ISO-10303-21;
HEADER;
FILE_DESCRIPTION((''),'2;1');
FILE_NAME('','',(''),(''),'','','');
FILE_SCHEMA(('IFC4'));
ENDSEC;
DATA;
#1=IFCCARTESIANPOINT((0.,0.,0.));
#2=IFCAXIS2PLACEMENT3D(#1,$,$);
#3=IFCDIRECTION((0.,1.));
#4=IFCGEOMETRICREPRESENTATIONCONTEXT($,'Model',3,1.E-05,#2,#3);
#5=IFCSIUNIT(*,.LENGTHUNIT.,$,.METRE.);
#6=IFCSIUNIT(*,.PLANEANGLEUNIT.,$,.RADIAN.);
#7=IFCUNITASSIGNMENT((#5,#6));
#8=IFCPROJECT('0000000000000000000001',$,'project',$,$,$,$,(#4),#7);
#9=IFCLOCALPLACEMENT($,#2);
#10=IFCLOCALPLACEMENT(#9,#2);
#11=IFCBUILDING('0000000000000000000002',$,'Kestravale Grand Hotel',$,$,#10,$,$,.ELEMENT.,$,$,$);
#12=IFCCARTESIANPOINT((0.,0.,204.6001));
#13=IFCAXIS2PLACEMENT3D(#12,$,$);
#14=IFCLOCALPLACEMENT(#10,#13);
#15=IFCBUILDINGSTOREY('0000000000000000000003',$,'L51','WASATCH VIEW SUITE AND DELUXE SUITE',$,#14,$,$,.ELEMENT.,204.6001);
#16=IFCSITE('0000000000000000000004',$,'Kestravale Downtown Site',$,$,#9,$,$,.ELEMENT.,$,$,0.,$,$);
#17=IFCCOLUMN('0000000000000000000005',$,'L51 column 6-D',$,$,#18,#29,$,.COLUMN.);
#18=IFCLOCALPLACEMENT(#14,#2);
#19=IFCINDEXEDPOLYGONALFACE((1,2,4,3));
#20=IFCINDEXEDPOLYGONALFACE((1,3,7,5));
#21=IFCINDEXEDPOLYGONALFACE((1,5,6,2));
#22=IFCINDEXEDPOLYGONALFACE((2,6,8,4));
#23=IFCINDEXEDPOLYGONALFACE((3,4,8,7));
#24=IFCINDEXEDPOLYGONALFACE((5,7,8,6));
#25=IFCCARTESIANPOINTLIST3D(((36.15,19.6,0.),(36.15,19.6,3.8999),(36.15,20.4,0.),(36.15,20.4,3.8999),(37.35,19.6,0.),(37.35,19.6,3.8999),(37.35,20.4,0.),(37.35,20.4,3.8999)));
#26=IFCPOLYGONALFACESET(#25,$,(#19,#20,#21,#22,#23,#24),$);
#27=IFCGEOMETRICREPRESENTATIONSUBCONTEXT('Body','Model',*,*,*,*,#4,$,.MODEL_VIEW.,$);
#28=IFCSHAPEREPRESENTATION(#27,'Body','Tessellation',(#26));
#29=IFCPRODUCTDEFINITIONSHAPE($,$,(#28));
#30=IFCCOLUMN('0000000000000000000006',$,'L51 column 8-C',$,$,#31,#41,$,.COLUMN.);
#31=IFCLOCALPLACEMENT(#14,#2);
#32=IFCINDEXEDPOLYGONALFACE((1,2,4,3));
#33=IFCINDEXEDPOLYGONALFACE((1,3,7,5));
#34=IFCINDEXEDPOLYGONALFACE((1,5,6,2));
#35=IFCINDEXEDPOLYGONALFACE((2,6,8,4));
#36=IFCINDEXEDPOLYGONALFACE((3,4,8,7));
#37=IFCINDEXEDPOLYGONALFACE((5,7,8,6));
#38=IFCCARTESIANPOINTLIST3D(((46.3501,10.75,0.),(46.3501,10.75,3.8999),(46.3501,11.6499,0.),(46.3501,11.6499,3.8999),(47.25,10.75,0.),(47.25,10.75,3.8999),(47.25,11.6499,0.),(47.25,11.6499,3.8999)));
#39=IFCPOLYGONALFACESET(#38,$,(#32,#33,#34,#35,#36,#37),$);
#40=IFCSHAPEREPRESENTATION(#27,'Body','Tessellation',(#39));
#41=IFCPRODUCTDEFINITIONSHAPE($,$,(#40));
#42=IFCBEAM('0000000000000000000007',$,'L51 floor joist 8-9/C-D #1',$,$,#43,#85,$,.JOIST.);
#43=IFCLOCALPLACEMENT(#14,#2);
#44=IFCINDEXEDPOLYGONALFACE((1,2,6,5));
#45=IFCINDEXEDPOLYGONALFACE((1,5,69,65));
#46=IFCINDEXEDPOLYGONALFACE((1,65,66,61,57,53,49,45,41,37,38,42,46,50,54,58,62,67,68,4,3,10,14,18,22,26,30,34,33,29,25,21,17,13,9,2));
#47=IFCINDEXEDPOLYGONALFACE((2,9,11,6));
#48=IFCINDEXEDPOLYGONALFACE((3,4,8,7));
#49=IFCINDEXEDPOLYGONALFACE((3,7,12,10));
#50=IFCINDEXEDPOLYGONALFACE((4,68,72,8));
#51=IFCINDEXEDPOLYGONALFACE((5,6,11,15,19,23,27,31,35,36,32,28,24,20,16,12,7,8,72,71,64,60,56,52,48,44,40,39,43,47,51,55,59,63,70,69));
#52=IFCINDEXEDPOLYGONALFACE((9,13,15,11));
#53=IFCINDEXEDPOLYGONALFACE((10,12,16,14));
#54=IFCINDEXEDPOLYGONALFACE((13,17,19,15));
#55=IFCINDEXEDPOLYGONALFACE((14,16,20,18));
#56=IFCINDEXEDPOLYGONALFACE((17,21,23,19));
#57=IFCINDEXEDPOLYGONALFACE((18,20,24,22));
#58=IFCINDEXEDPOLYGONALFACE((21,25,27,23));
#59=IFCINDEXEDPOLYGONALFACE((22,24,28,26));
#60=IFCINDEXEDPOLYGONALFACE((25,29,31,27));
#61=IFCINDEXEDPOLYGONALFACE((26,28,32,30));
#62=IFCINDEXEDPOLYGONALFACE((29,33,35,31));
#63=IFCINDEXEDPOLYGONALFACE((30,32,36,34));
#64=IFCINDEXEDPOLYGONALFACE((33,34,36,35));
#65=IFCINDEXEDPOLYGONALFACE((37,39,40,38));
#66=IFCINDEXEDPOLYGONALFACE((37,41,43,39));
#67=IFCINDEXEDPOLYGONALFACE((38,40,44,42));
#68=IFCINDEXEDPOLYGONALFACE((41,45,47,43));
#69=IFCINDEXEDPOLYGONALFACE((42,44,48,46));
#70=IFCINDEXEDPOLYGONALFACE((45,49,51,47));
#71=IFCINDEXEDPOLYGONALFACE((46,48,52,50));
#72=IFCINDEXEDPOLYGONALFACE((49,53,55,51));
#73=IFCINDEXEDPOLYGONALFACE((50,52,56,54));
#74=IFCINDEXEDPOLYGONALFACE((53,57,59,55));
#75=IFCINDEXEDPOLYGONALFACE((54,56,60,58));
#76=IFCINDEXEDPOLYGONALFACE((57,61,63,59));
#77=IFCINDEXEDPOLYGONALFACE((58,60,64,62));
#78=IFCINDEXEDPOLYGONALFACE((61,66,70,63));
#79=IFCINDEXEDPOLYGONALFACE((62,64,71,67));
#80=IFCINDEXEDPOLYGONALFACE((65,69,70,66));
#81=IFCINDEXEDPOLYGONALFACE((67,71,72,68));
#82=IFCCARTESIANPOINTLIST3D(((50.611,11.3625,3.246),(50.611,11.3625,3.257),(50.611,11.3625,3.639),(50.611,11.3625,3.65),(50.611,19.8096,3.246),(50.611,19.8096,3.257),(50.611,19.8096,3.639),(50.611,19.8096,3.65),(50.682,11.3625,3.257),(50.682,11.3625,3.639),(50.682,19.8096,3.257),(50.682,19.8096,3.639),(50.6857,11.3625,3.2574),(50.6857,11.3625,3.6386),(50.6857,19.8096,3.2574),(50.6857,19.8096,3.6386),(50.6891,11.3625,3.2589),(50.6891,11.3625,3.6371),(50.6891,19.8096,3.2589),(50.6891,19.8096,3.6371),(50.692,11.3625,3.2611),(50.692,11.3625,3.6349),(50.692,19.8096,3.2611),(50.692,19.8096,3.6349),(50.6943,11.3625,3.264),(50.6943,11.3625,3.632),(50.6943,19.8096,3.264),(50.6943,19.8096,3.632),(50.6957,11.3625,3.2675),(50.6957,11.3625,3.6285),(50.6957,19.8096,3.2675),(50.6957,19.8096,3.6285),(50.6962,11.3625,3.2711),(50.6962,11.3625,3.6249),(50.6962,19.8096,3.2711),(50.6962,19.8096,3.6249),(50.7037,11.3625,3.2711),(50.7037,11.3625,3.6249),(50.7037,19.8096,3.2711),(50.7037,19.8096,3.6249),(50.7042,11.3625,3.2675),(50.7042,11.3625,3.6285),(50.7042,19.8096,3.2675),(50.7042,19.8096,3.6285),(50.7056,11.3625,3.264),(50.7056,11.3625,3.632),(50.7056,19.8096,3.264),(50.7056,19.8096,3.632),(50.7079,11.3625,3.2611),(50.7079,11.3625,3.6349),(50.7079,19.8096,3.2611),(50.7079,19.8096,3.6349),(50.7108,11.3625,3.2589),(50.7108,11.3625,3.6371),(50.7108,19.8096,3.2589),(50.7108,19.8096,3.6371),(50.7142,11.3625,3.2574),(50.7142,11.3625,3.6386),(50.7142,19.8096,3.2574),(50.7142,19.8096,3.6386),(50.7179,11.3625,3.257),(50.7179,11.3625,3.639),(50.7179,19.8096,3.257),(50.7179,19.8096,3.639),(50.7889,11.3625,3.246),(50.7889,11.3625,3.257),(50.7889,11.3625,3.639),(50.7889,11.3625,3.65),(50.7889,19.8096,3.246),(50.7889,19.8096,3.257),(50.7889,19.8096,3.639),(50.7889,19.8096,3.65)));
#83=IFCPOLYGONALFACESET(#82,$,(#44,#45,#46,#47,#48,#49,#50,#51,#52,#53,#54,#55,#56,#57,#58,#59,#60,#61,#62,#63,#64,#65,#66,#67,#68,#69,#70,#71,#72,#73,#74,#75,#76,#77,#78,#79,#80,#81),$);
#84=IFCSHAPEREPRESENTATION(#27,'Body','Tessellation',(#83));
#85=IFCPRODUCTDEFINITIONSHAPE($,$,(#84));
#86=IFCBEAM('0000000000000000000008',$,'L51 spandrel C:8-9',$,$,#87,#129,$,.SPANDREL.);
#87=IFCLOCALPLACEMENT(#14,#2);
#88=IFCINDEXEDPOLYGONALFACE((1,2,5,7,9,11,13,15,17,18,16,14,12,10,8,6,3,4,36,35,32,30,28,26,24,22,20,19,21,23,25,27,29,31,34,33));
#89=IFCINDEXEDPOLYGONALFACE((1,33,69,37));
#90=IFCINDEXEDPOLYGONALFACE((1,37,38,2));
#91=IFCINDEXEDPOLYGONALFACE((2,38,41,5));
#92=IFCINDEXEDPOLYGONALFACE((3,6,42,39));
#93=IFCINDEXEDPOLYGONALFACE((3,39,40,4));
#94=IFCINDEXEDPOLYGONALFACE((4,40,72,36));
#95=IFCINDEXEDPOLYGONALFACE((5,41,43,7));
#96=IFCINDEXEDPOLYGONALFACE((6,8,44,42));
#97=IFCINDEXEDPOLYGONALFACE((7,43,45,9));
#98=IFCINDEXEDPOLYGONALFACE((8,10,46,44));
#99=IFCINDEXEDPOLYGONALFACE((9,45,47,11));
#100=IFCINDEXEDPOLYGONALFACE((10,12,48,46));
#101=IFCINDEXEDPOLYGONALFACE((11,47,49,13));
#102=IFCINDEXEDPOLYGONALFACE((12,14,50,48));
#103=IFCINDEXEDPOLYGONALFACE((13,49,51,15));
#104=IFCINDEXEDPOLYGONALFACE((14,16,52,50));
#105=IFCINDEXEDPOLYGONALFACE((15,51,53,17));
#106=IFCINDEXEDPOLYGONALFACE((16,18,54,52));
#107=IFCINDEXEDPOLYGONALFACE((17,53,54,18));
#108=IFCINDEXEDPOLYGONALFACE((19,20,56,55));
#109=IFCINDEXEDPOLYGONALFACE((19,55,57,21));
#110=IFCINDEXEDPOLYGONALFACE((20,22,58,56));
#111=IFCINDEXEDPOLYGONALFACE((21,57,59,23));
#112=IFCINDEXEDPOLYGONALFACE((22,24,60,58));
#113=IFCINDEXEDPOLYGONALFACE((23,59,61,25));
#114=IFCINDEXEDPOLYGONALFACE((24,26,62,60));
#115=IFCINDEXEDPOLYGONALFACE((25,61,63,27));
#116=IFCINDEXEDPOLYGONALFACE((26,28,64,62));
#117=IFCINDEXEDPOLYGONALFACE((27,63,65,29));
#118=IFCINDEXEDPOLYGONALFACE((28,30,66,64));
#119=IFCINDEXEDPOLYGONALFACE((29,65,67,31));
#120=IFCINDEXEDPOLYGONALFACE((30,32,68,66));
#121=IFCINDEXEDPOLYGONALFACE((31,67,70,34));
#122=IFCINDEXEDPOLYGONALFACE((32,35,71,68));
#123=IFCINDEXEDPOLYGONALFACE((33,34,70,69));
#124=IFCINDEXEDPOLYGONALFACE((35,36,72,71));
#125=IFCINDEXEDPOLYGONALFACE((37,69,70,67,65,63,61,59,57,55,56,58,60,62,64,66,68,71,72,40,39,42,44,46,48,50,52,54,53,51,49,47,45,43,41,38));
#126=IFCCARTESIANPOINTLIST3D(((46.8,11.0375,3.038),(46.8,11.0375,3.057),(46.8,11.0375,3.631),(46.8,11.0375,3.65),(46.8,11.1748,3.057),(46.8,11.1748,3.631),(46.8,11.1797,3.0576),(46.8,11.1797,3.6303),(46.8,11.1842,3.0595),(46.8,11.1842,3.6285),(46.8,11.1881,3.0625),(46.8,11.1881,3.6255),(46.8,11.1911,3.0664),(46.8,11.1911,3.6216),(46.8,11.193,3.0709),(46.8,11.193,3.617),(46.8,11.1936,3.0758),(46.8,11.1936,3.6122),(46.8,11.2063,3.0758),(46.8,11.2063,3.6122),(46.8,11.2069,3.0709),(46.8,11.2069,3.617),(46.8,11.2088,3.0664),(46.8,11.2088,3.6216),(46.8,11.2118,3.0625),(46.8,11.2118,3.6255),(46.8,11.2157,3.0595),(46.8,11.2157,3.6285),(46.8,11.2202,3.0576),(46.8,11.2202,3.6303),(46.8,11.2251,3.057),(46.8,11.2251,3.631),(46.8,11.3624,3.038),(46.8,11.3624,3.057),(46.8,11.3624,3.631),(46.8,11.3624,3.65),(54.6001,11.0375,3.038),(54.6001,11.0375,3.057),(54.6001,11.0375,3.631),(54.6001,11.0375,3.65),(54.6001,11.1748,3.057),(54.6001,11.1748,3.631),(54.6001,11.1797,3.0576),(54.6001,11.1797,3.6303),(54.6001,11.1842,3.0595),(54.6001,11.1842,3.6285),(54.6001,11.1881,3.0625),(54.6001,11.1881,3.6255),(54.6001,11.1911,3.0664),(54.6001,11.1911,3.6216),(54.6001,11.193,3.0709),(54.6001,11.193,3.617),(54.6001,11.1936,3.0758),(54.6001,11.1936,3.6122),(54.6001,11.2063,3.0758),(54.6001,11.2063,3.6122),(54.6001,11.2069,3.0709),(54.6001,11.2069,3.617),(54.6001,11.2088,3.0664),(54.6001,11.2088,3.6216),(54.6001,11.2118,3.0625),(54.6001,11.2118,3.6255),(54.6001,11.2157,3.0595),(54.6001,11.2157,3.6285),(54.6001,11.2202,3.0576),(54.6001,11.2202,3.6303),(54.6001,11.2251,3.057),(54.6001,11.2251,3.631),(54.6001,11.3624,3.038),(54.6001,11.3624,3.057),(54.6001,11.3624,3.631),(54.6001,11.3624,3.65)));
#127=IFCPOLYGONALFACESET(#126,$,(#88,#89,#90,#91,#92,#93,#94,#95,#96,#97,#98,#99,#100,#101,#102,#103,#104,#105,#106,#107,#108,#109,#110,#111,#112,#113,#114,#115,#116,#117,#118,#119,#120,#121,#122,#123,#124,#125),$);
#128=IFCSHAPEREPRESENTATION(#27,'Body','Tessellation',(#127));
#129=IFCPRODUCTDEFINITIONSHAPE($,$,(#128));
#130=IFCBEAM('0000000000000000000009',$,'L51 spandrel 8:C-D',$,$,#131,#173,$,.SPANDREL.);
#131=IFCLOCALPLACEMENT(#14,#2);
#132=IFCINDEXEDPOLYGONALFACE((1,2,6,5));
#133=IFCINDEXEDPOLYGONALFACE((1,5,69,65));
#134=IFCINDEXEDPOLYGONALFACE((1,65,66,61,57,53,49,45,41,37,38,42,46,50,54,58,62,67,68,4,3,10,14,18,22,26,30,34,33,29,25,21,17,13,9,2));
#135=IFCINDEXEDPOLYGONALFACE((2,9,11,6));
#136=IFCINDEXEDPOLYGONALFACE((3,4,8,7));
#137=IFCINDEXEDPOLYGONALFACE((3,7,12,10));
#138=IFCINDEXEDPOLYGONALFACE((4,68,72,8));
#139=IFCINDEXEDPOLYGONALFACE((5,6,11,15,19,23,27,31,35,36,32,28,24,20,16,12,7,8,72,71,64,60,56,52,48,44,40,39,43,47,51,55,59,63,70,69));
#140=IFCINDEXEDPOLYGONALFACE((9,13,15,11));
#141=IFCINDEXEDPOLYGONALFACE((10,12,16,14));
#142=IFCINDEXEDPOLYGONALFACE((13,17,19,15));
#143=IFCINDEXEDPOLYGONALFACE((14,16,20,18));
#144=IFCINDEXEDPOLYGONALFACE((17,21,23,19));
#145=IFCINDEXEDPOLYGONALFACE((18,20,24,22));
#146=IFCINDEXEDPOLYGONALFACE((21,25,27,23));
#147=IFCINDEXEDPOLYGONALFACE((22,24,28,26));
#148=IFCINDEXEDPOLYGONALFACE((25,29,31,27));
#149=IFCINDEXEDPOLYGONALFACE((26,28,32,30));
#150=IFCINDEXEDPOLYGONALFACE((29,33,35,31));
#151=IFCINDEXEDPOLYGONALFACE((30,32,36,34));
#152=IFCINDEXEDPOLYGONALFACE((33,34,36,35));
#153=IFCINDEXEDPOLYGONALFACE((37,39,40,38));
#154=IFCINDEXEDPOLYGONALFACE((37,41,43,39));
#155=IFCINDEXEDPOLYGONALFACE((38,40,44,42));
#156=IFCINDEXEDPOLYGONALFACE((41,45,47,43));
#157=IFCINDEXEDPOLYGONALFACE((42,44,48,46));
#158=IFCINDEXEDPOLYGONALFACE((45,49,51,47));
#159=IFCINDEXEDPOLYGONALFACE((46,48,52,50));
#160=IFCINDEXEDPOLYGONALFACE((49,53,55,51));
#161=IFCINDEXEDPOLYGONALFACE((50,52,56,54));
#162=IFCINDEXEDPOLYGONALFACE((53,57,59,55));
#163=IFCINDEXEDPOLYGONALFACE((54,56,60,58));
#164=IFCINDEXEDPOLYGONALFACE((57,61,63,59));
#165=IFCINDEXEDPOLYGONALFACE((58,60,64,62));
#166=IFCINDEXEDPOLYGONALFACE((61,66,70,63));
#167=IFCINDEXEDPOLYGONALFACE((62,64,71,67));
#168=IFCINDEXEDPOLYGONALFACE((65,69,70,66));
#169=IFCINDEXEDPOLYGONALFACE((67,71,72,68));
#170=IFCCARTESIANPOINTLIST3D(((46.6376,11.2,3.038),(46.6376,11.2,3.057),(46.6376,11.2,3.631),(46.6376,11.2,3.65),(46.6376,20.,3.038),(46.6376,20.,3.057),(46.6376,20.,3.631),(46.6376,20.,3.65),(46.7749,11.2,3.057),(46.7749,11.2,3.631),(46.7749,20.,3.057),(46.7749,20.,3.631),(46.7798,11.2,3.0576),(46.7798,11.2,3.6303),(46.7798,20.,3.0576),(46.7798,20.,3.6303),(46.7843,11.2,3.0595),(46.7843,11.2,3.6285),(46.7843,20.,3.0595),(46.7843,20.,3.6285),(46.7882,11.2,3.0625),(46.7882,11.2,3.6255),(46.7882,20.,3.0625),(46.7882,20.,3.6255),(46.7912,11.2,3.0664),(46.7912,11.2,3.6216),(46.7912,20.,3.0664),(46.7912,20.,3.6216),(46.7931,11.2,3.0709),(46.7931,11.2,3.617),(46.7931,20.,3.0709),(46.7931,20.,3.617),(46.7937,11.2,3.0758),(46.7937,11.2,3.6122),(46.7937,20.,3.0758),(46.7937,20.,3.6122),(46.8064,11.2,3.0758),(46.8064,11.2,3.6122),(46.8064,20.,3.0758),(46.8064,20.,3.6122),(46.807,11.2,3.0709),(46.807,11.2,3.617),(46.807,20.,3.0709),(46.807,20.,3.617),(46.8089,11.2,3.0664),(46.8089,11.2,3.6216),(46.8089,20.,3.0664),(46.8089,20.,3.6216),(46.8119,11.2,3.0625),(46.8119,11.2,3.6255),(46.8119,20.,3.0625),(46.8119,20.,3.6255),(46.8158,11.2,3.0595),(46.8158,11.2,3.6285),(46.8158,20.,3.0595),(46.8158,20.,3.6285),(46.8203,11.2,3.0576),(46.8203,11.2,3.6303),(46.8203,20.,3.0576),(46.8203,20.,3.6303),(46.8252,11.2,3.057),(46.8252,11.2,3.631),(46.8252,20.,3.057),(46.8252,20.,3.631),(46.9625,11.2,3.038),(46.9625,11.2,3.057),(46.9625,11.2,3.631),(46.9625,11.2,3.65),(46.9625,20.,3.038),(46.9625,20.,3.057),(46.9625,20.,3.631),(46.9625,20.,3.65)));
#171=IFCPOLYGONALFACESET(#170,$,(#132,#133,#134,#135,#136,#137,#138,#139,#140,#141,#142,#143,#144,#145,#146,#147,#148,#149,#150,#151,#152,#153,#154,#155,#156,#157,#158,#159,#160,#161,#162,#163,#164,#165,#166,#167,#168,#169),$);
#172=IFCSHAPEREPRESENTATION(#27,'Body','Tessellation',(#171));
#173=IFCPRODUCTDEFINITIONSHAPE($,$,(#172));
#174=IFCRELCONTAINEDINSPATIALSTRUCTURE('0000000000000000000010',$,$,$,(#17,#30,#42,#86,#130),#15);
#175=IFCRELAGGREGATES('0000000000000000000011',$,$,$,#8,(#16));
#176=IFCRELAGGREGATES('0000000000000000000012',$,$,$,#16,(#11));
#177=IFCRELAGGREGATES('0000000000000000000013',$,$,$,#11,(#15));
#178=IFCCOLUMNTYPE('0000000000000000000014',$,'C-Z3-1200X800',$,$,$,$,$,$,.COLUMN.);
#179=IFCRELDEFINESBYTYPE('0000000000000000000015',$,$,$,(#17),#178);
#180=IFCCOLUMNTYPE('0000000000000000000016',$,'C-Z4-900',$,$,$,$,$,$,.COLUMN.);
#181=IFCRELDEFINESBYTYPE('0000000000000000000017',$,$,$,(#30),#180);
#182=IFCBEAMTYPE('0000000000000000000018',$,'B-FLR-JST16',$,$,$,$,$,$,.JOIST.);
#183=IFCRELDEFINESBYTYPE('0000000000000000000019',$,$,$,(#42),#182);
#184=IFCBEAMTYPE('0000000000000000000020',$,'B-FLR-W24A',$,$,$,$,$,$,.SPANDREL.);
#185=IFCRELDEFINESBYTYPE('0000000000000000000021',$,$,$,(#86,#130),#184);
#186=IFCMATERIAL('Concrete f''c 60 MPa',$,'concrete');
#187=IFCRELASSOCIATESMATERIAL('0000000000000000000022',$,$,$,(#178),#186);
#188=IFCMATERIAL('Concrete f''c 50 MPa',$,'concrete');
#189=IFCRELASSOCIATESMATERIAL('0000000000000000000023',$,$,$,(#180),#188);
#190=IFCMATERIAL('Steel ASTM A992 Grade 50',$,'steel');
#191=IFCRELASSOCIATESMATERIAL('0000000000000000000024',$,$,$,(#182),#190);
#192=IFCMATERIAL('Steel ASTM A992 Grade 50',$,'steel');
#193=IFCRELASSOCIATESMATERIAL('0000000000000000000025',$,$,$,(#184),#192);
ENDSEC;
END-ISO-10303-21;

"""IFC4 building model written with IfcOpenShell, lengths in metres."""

from ifc_helpers import new_model, si_unit, direction, frame, origin, origin_2d, place, context, subcontext, project, spatial, rectangle, i_section, extrude, material, material_profile, profile_set, type_object, element, save


model = new_model("IFC4")

# Units and contexts
model_context = context("Model", 3, precision=1e-05, world=origin(), true_north=direction((0.0, 1.0)))
body_context = subcontext(model_context, "Body", "Model", "MODEL_VIEW")
ifc_project = project(units=[si_unit("LENGTHUNIT", "METRE"), si_unit("PLANEANGLEUNIT", "RADIAN")], contexts=[model_context])

# Site, building, storey
site_placement = place(None, origin())
site = spatial("IfcSite", under=ifc_project, at=site_placement, Name="Kestravale Downtown Site", CompositionType="ELEMENT", RefElevation=0.0)
building_placement = place(site_placement, origin())
building = spatial("IfcBuilding", under=site, at=building_placement, Name="Kestravale Grand Hotel", CompositionType="ELEMENT")
storey_placement = place(building_placement, frame((0.0, 0.0, 204.6001)))
storey = spatial("IfcBuildingStorey", under=building, at=storey_placement, Name="L51", Description="WASATCH VIEW SUITE AND DELUXE SUITE", CompositionType="ELEMENT", Elevation=204.6001)

# Columns
ifc_material_1 = material(Name="Concrete f'c 60 MPa", Category="concrete")
ifc_material_profile_1 = material_profile(ifc_material_1, rectangle(XDim=1.2, YDim=0.8, at=origin_2d()))
ifc_profile_set_1 = profile_set([ifc_material_profile_1], Name="Concrete f'c 60 MPa")
column_type_1 = type_object("IfcColumnType", Name="C-Z3-1200X800", PredefinedType="COLUMN", material=ifc_profile_set_1)
column_1_placement = place(storey_placement, frame((36.75, 20.0, 0.0), z_axis=(0.0, 0.0, 1.0), x_axis=(1.0, 0.0, 0.0)))
element("IfcColumn", 1, at=column_1_placement, inside=storey, type_object=column_type_1, Name="L51 column 6-D", PredefinedType="COLUMN", context=body_context, shape_type="SweptSolid", body=[
    extrude(rectangle(XDim=1.2, YDim=0.8, at=origin_2d()), origin(), (0.0, 0.0, 1.0), 3.8999),
])
ifc_material_2 = material(Name="Concrete f'c 50 MPa", Category="concrete")
ifc_material_profile_2 = material_profile(ifc_material_2, rectangle(XDim=0.8999, YDim=0.8999, at=origin_2d()))
ifc_profile_set_2 = profile_set([ifc_material_profile_2], Name="Concrete f'c 50 MPa")
column_type_2 = type_object("IfcColumnType", Name="C-Z4-900", PredefinedType="COLUMN", material=ifc_profile_set_2)
column_2_placement = place(storey_placement, frame((46.8, 11.2, 0.0), z_axis=(0.0, 0.0, 1.0), x_axis=(1.0, 0.0, 0.0)))
element("IfcColumn", 2, at=column_2_placement, inside=storey, type_object=column_type_2, Name="L51 column 8-C", PredefinedType="COLUMN", context=body_context, shape_type="SweptSolid", body=[
    extrude(rectangle(XDim=0.8999, YDim=0.8999, at=origin_2d()), origin(), (0.0, 0.0, 1.0), 3.8999),
])

# Beams
ifc_material_3 = material(Name="Steel ASTM A992 Grade 50", Category="steel")
ifc_material_profile_3 = material_profile(ifc_material_3, i_section(OverallWidth=0.178, OverallDepth=0.4041, WebThickness=0.0076, FlangeThickness=0.011, FilletRadius=0.0142, at=origin_2d()))
ifc_profile_set_3 = profile_set([ifc_material_profile_3], Name="Steel ASTM A992 Grade 50")
beam_type_1 = type_object("IfcBeamType", Name="B-FLR-JST16", PredefinedType="JOIST", material=ifc_profile_set_3)
beam_1_placement = place(storey_placement, frame((50.7, 11.3625, 3.448), z_axis=(0.0, 1.0, 0.0), x_axis=(-1.0, 0.0, 0.0)))
element("IfcBeam", 3, at=beam_1_placement, inside=storey, type_object=beam_type_1, Name="L51 floor joist 8-9/C-D #1", PredefinedType="JOIST", context=body_context, shape_type="SweptSolid", body=[
    extrude(i_section(OverallWidth=0.178, OverallDepth=0.4041, WebThickness=0.0076, FlangeThickness=0.011, FilletRadius=0.0142, at=origin_2d()), origin(), (0.0, 0.0, 1.0), 8.447),
])
ifc_material_4 = material(Name="Steel ASTM A992 Grade 50", Category="steel")
ifc_material_profile_4 = material_profile(ifc_material_4, i_section(OverallWidth=0.325, OverallDepth=0.6121, WebThickness=0.0127, FlangeThickness=0.019, FilletRadius=0.0188, at=origin_2d()))
ifc_profile_set_4 = profile_set([ifc_material_profile_4], Name="Steel ASTM A992 Grade 50")
beam_type_2 = type_object("IfcBeamType", Name="B-FLR-W24A", PredefinedType="SPANDREL", material=ifc_profile_set_4)
beam_2_placement = place(storey_placement, frame((46.8, 11.2, 3.344), z_axis=(1.0, 0.0, 0.0), x_axis=(0.0, 1.0, 0.0)))
element("IfcBeam", 4, at=beam_2_placement, inside=storey, type_object=beam_type_2, Name="L51 spandrel C:8-9", PredefinedType="SPANDREL", context=body_context, shape_type="SweptSolid", body=[
    extrude(i_section(OverallWidth=0.325, OverallDepth=0.6121, WebThickness=0.0127, FlangeThickness=0.019, FilletRadius=0.0188, at=origin_2d()), origin(), (0.0, 0.0, 1.0), 7.8),
])
beam_3_placement = place(storey_placement, frame((46.8, 11.2, 3.344), z_axis=(0.0, 1.0, 0.0), x_axis=(-1.0, 0.0, 0.0)))
element("IfcBeam", 5, at=beam_3_placement, inside=storey, type_object=beam_type_2, Name="L51 spandrel 8:C-D", PredefinedType="SPANDREL", context=body_context, shape_type="SweptSolid", body=[
    extrude(i_section(OverallWidth=0.325, OverallDepth=0.6121, WebThickness=0.0127, FlangeThickness=0.019, FilletRadius=0.0188, at=origin_2d()), origin(), (0.0, 0.0, 1.0), 8.8),
])

save(model, "model.ifc")
